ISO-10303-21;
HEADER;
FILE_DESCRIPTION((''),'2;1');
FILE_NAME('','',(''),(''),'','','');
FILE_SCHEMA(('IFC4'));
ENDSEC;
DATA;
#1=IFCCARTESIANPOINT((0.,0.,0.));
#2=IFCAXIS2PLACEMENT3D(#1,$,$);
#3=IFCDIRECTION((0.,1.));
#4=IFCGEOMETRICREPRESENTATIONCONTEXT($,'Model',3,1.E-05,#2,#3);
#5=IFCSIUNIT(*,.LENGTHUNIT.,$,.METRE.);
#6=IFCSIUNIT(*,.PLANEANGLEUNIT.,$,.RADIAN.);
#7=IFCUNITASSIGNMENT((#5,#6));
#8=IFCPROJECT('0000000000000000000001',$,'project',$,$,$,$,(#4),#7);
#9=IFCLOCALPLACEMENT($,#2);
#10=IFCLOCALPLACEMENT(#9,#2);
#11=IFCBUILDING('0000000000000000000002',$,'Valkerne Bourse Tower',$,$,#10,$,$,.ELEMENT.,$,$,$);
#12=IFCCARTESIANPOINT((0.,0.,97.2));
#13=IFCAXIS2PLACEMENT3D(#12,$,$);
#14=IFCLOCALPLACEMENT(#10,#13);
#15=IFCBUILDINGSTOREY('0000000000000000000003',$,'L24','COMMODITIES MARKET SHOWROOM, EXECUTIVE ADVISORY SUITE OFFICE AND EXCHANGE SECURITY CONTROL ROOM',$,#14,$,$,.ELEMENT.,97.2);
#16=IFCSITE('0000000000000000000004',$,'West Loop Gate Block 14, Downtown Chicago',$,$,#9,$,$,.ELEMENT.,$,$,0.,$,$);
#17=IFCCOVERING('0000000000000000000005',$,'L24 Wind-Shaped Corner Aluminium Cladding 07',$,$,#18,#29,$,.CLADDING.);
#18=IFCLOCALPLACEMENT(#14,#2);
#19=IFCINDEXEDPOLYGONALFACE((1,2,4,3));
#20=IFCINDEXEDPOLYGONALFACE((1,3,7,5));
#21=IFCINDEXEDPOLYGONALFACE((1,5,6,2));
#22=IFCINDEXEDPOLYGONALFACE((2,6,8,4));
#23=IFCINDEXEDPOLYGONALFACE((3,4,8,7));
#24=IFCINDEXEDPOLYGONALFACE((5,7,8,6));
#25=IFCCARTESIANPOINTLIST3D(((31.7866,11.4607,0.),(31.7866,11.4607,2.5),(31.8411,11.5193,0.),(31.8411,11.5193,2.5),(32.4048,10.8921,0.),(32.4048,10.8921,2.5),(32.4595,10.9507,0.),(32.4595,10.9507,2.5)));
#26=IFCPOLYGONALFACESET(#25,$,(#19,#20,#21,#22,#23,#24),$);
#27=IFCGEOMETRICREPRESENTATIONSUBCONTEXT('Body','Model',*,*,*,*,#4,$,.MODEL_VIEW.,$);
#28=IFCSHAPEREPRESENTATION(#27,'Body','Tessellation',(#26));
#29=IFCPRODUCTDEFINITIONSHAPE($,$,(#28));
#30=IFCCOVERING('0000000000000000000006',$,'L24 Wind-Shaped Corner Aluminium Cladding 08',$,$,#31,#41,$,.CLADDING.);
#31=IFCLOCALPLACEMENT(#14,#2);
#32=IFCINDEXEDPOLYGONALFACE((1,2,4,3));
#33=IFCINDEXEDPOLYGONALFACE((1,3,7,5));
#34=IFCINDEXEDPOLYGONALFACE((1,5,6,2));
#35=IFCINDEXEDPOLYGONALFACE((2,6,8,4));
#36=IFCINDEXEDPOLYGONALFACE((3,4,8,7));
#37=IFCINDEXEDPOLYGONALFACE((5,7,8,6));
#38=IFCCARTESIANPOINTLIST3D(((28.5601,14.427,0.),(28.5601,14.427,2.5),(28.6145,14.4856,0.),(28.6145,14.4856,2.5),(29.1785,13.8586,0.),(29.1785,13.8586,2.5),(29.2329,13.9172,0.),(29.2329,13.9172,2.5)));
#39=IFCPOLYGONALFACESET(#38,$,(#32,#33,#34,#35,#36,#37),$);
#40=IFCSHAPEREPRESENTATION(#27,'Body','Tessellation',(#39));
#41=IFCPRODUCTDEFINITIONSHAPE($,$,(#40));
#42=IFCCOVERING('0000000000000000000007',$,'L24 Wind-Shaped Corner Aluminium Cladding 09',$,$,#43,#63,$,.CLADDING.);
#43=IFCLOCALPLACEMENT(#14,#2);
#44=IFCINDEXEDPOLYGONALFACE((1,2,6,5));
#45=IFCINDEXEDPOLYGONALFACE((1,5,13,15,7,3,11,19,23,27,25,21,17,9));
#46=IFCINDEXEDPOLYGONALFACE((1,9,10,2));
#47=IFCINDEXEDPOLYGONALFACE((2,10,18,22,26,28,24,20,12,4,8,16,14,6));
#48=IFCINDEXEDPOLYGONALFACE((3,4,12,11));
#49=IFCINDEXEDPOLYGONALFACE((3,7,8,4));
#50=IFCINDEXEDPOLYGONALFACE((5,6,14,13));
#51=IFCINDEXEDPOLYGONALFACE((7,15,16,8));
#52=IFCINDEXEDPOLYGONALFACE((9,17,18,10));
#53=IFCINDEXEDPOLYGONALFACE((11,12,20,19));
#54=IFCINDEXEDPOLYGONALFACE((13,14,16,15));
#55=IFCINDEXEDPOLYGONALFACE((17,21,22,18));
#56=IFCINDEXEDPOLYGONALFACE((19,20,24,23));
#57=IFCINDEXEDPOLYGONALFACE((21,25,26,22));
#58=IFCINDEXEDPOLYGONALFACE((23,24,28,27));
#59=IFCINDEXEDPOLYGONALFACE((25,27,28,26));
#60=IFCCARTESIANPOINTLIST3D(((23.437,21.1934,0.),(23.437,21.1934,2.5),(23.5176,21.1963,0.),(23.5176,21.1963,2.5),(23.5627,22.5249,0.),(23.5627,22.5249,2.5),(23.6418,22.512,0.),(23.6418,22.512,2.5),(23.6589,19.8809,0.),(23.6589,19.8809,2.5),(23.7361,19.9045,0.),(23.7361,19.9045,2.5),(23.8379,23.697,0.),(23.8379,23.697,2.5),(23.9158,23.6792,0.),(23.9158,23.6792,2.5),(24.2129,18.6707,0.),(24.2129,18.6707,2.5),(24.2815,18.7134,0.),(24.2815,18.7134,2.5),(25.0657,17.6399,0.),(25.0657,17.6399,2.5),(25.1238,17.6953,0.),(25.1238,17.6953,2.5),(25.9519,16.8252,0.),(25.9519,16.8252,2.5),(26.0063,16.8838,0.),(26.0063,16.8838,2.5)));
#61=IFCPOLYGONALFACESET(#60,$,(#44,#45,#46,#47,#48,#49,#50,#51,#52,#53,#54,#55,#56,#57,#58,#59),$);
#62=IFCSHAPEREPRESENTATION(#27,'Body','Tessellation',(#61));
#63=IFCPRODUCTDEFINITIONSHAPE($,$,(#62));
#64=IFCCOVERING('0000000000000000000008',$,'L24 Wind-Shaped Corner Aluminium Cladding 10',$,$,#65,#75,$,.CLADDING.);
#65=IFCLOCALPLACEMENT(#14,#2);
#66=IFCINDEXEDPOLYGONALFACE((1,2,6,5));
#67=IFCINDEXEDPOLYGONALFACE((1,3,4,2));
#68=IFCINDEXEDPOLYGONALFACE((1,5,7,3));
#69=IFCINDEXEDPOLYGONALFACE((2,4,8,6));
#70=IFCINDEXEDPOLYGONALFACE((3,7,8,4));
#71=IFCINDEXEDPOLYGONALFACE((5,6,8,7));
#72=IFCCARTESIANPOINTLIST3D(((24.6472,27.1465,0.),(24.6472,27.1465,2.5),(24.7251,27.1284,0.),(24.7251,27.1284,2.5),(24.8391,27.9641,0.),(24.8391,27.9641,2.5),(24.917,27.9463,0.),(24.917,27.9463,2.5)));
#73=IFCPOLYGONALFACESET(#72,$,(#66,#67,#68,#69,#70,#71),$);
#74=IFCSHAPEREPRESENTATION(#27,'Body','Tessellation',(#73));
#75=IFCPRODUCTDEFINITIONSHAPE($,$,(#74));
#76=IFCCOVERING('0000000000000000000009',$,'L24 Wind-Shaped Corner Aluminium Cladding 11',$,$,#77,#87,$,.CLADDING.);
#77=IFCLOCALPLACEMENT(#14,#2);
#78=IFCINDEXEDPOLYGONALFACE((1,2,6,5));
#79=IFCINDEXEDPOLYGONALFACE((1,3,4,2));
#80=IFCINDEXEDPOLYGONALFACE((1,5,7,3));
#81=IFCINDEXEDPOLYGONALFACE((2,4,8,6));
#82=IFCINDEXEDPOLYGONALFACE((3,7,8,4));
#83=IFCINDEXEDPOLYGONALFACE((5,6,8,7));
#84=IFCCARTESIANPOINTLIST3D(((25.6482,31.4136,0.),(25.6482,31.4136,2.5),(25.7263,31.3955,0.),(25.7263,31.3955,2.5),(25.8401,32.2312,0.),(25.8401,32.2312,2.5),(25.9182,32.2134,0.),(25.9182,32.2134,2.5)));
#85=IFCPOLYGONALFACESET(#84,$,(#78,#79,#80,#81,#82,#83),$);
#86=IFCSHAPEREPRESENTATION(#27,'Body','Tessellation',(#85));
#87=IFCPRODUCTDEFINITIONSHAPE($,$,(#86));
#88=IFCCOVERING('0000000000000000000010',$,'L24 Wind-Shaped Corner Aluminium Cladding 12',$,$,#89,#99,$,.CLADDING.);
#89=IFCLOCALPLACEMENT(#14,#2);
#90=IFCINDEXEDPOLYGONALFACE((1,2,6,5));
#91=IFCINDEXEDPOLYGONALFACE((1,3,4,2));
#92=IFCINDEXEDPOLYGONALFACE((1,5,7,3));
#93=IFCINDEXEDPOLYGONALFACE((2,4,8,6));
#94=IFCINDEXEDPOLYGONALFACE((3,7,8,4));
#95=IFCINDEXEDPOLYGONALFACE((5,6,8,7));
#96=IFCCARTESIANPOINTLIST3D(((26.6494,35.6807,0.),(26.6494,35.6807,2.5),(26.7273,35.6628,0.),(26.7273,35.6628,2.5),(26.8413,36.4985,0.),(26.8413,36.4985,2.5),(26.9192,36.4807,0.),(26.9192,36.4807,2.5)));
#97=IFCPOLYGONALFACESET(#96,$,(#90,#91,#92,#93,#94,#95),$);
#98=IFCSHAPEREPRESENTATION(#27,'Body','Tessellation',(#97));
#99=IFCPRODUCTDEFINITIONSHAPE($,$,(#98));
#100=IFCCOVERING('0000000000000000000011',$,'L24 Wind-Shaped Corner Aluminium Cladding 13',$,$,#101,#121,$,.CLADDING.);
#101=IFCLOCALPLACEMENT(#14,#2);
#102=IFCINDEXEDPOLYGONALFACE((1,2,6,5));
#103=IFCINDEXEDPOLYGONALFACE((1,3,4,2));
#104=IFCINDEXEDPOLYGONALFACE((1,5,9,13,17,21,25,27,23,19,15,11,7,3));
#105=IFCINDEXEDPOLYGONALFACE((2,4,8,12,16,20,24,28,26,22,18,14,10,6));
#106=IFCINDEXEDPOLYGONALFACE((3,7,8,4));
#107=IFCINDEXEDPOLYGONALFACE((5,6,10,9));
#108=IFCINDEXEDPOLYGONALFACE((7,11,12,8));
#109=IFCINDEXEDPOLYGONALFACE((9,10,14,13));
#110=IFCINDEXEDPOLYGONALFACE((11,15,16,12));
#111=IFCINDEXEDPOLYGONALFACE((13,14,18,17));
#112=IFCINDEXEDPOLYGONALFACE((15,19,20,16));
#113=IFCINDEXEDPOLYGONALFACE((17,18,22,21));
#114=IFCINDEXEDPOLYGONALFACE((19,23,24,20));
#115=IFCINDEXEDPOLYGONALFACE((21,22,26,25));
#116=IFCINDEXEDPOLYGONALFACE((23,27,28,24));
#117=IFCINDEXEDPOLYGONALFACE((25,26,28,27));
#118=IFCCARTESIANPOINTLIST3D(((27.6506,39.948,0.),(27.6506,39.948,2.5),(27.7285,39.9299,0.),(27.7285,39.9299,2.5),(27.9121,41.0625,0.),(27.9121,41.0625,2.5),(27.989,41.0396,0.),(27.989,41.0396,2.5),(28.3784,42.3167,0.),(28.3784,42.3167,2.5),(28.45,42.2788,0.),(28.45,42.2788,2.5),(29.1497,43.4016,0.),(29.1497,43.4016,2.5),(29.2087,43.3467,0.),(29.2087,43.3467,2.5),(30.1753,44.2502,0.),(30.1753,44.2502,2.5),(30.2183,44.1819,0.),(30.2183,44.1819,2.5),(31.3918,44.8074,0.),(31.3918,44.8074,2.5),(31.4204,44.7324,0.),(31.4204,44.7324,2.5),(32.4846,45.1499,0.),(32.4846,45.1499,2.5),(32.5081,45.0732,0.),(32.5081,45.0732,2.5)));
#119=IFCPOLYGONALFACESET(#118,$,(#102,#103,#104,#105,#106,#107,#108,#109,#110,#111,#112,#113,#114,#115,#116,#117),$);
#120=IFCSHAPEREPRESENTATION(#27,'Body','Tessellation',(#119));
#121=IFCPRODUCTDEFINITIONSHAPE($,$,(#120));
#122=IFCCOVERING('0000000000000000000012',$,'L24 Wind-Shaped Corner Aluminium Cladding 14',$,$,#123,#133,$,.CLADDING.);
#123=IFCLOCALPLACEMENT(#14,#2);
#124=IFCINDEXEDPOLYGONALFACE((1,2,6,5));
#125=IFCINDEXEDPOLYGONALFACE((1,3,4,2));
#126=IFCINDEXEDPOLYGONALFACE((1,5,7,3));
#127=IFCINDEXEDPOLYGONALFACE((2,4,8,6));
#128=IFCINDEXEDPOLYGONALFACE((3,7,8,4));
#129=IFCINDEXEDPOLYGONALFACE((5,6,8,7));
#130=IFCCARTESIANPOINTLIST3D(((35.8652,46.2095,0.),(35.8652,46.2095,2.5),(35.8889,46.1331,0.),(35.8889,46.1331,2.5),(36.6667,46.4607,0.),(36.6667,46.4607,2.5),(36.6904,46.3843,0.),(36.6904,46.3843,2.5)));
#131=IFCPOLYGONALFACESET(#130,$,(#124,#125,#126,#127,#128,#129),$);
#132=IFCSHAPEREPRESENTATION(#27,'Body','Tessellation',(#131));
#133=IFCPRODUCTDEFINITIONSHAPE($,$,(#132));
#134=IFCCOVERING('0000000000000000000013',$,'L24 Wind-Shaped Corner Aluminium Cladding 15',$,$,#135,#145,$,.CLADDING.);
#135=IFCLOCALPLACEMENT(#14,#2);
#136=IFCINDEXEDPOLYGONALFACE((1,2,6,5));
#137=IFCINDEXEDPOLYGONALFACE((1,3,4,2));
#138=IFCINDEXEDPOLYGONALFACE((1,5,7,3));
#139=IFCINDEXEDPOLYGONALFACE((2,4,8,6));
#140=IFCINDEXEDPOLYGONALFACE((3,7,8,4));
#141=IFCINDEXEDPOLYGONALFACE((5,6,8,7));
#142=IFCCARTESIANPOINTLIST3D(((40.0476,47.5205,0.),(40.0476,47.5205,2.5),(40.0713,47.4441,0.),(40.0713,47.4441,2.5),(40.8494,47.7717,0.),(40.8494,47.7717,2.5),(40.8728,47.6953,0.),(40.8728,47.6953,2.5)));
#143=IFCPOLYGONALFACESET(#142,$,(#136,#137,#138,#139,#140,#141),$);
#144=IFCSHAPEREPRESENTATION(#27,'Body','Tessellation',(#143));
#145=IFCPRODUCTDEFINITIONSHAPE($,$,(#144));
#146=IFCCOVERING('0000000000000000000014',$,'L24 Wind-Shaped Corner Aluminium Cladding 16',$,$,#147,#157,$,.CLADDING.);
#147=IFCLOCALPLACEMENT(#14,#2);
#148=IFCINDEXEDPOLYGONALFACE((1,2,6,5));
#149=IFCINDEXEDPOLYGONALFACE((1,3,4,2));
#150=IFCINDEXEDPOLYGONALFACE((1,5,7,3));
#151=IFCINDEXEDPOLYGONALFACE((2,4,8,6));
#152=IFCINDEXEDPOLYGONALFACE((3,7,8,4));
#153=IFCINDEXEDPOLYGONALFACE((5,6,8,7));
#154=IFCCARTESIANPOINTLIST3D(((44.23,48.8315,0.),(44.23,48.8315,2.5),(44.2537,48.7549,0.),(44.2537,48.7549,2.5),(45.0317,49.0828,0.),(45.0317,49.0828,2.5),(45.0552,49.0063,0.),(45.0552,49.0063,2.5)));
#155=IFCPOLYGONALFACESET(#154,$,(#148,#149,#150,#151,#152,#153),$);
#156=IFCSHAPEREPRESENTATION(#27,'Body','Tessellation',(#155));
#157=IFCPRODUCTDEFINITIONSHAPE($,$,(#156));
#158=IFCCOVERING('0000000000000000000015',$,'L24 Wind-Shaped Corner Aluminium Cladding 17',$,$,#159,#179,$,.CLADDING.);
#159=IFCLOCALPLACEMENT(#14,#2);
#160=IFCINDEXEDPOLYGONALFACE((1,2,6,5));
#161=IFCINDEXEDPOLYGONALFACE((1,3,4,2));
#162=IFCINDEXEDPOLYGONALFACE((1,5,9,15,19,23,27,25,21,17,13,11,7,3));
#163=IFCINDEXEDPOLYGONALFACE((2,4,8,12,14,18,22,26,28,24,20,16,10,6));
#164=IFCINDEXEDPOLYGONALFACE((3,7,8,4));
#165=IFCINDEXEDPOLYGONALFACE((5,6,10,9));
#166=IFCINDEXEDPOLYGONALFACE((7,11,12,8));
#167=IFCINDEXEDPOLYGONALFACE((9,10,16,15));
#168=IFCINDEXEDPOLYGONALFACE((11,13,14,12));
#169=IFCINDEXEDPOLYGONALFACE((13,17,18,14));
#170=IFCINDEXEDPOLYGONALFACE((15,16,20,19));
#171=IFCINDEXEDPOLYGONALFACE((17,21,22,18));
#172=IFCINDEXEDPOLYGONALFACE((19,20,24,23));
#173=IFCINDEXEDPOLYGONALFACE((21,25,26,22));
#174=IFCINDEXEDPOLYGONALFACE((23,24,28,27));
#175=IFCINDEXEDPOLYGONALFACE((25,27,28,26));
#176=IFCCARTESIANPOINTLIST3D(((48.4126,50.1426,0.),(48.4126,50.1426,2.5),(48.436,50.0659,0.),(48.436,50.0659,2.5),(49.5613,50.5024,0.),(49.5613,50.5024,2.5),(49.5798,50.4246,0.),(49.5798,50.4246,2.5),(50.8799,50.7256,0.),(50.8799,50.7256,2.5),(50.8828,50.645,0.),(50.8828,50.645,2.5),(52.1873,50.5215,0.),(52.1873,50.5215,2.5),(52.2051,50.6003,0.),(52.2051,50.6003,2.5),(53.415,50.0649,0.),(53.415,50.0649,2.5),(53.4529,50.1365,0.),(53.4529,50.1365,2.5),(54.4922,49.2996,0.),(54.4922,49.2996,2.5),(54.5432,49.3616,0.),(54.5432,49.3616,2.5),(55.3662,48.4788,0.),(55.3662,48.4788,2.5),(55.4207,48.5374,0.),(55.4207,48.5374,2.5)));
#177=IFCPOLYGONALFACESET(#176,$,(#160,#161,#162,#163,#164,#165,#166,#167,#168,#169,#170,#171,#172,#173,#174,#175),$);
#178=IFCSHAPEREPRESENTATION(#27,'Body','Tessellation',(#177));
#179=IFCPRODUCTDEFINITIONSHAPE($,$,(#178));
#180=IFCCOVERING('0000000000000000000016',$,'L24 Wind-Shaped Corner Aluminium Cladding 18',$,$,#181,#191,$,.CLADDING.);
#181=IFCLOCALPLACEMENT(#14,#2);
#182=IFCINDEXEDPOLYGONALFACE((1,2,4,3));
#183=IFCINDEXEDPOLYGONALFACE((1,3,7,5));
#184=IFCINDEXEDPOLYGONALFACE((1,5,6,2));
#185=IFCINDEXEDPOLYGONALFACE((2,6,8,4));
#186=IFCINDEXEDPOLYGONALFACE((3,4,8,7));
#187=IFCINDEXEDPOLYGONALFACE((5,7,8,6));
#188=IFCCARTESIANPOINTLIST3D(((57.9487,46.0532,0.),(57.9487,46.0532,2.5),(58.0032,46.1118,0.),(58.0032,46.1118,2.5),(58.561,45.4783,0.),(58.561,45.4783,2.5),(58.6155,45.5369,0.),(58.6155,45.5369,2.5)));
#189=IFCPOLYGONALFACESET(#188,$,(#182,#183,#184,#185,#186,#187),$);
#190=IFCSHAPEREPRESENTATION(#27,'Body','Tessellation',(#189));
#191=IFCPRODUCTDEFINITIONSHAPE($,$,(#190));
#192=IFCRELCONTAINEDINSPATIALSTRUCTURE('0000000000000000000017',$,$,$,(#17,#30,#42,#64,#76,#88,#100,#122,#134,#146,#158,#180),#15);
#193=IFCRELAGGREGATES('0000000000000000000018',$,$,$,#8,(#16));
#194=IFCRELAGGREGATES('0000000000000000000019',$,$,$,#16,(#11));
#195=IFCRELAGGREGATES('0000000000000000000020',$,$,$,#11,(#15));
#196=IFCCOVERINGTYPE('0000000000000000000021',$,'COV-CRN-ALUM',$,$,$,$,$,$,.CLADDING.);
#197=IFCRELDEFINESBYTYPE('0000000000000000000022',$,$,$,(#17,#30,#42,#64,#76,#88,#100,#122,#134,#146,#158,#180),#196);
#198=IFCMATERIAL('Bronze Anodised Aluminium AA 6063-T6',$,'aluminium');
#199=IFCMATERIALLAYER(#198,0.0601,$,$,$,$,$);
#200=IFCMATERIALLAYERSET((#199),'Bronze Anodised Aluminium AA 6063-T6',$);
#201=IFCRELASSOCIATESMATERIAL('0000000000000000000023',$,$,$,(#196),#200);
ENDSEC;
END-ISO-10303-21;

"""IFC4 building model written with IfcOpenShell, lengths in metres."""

from ifc_helpers import new_model, si_unit, direction, frame, origin, place, context, subcontext, project, spatial, polyline, outline, extrude, material, layer, layer_set, type_object, element, save


model = new_model("IFC4")

# Units and contexts
model_context = context("Model", 3, precision=1e-05, world=origin(), true_north=direction((0.0, 1.0)))
body_context = subcontext(model_context, "Body", "Model", "MODEL_VIEW")
ifc_project = project(units=[si_unit("LENGTHUNIT", "METRE"), si_unit("PLANEANGLEUNIT", "RADIAN")], contexts=[model_context])

# Site, building, storey
site_placement = place(None, origin())
site = spatial("IfcSite", under=ifc_project, at=site_placement, Name="West Loop Gate Block 14, Downtown Chicago", CompositionType="ELEMENT", RefElevation=0.0)
building_placement = place(site_placement, origin())
building = spatial("IfcBuilding", under=site, at=building_placement, Name="Valkerne Bourse Tower", CompositionType="ELEMENT")
storey_placement = place(building_placement, frame((0.0, 0.0, 97.2)))
storey = spatial("IfcBuildingStorey", under=building, at=storey_placement, Name="L24", Description="COMMODITIES MARKET SHOWROOM, EXECUTIVE ADVISORY SUITE OFFICE AND EXCHANGE SECURITY CONTROL ROOM", CompositionType="ELEMENT", Elevation=97.2)

# Coverings
ifc_material_1 = material(Name="Bronze Anodised Aluminium AA 6063-T6", Category="aluminium")
ifc_layer_1 = layer(ifc_material_1, 0.0601)
ifc_layer_set_1 = layer_set([ifc_layer_1], Name="Bronze Anodised Aluminium AA 6063-T6")
covering_type = type_object("IfcCoveringType", Name="COV-CRN-ALUM", PredefinedType="CLADDING", material=ifc_layer_set_1)
covering_1_placement = place(storey_placement, origin())
element("IfcCovering", 1, at=covering_1_placement, inside=storey, type_object=covering_type, Name="L24 Wind-Shaped Corner Aluminium Cladding 07", PredefinedType="CLADDING", context=body_context, shape_type="SweptSolid", body=[
    extrude(outline(polyline([(31.7866, 11.4607), (31.8411, 11.5193), (32.4595, 10.9507), (32.4048, 10.8921), (31.7866, 11.4607)])), origin(), (0.0, 0.0, 1.0), 2.5),
])
covering_2_placement = place(storey_placement, origin())
element("IfcCovering", 2, at=covering_2_placement, inside=storey, type_object=covering_type, Name="L24 Wind-Shaped Corner Aluminium Cladding 08", PredefinedType="CLADDING", context=body_context, shape_type="SweptSolid", body=[
    extrude(outline(polyline([(28.5601, 14.427), (28.6145, 14.4856), (29.2329, 13.9172), (29.1785, 13.8586), (28.5601, 14.427)])), origin(), (0.0, 0.0, 1.0), 2.5),
])
covering_3_placement = place(storey_placement, origin())
element("IfcCovering", 3, at=covering_3_placement, inside=storey, type_object=covering_type, Name="L24 Wind-Shaped Corner Aluminium Cladding 09", PredefinedType="CLADDING", context=body_context, shape_type="SweptSolid", body=[
    extrude(outline(polyline([(25.0657, 17.6399), (24.2129, 18.6707), (23.6589, 19.8809), (23.437, 21.1934), (23.5627, 22.5249), (23.8379, 23.697), (23.9158, 23.6792), (23.6418, 22.512), (23.5176, 21.1963), (23.7361, 19.9045), (24.2815, 18.7134), (25.1238, 17.6953), (26.0063, 16.8838), (25.9519, 16.8252), (25.0657, 17.6399)])), origin(), (0.0, 0.0, 1.0), 2.5),
])
covering_4_placement = place(storey_placement, origin())
element("IfcCovering", 4, at=covering_4_placement, inside=storey, type_object=covering_type, Name="L24 Wind-Shaped Corner Aluminium Cladding 10", PredefinedType="CLADDING", context=body_context, shape_type="SweptSolid", body=[
    extrude(outline(polyline([(24.8391, 27.9641), (24.917, 27.9463), (24.7251, 27.1284), (24.6472, 27.1465), (24.8391, 27.9641)])), origin(), (0.0, 0.0, 1.0), 2.5),
])
covering_5_placement = place(storey_placement, origin())
element("IfcCovering", 5, at=covering_5_placement, inside=storey, type_object=covering_type, Name="L24 Wind-Shaped Corner Aluminium Cladding 11", PredefinedType="CLADDING", context=body_context, shape_type="SweptSolid", body=[
    extrude(outline(polyline([(25.8401, 32.2312), (25.9182, 32.2134), (25.7263, 31.3955), (25.6482, 31.4136), (25.8401, 32.2312)])), origin(), (0.0, 0.0, 1.0), 2.5),
])
covering_6_placement = place(storey_placement, origin())
element("IfcCovering", 6, at=covering_6_placement, inside=storey, type_object=covering_type, Name="L24 Wind-Shaped Corner Aluminium Cladding 12", PredefinedType="CLADDING", context=body_context, shape_type="SweptSolid", body=[
    extrude(outline(polyline([(26.8413, 36.4985), (26.9192, 36.4807), (26.7273, 35.6628), (26.6494, 35.6807), (26.8413, 36.4985)])), origin(), (0.0, 0.0, 1.0), 2.5),
])
covering_7_placement = place(storey_placement, origin())
element("IfcCovering", 7, at=covering_7_placement, inside=storey, type_object=covering_type, Name="L24 Wind-Shaped Corner Aluminium Cladding 13", PredefinedType="CLADDING", context=body_context, shape_type="SweptSolid", body=[
    extrude(outline(polyline([(27.9121, 41.0625), (28.3784, 42.3167), (29.1497, 43.4016), (30.1753, 44.2502), (31.3918, 44.8074), (32.4846, 45.1499), (32.5081, 45.0732), (31.4204, 44.7324), (30.2183, 44.1819), (29.2087, 43.3467), (28.45, 42.2788), (27.989, 41.0396), (27.7285, 39.9299), (27.6506, 39.948), (27.9121, 41.0625)])), origin(), (0.0, 0.0, 1.0), 2.5),
])
covering_8_placement = place(storey_placement, origin())
element("IfcCovering", 8, at=covering_8_placement, inside=storey, type_object=covering_type, Name="L24 Wind-Shaped Corner Aluminium Cladding 14", PredefinedType="CLADDING", context=body_context, shape_type="SweptSolid", body=[
    extrude(outline(polyline([(36.6667, 46.4607), (36.6904, 46.3843), (35.8889, 46.1331), (35.8652, 46.2095), (36.6667, 46.4607)])), origin(), (0.0, 0.0, 1.0), 2.5),
])
covering_9_placement = place(storey_placement, origin())
element("IfcCovering", 9, at=covering_9_placement, inside=storey, type_object=covering_type, Name="L24 Wind-Shaped Corner Aluminium Cladding 15", PredefinedType="CLADDING", context=body_context, shape_type="SweptSolid", body=[
    extrude(outline(polyline([(40.8494, 47.7717), (40.8728, 47.6953), (40.0713, 47.4441), (40.0476, 47.5205), (40.8494, 47.7717)])), origin(), (0.0, 0.0, 1.0), 2.5),
])
covering_10_placement = place(storey_placement, origin())
element("IfcCovering", 10, at=covering_10_placement, inside=storey, type_object=covering_type, Name="L24 Wind-Shaped Corner Aluminium Cladding 16", PredefinedType="CLADDING", context=body_context, shape_type="SweptSolid", body=[
    extrude(outline(polyline([(45.0317, 49.0828), (45.0552, 49.0063), (44.2537, 48.7549), (44.23, 48.8315), (45.0317, 49.0828)])), origin(), (0.0, 0.0, 1.0), 2.5),
])
covering_11_placement = place(storey_placement, origin())
element("IfcCovering", 11, at=covering_11_placement, inside=storey, type_object=covering_type, Name="L24 Wind-Shaped Corner Aluminium Cladding 17", PredefinedType="CLADDING", context=body_context, shape_type="SweptSolid", body=[
    extrude(outline(polyline([(49.5613, 50.5024), (50.8799, 50.7256), (52.2051, 50.6003), (53.4529, 50.1365), (54.5432, 49.3616), (55.4207, 48.5374), (55.3662, 48.4788), (54.4922, 49.2996), (53.415, 50.0649), (52.1873, 50.5215), (50.8828, 50.645), (49.5798, 50.4246), (48.436, 50.0659), (48.4126, 50.1426), (49.5613, 50.5024)])), origin(), (0.0, 0.0, 1.0), 2.5),
])
covering_12_placement = place(storey_placement, origin())
element("IfcCovering", 12, at=covering_12_placement, inside=storey, type_object=covering_type, Name="L24 Wind-Shaped Corner Aluminium Cladding 18", PredefinedType="CLADDING", context=body_context, shape_type="SweptSolid", body=[
    extrude(outline(polyline([(58.6155, 45.5369), (58.561, 45.4783), (57.9487, 46.0532), (58.0032, 46.1118), (58.6155, 45.5369)])), origin(), (0.0, 0.0, 1.0), 2.5),
])

save(model, "model.ifc")
